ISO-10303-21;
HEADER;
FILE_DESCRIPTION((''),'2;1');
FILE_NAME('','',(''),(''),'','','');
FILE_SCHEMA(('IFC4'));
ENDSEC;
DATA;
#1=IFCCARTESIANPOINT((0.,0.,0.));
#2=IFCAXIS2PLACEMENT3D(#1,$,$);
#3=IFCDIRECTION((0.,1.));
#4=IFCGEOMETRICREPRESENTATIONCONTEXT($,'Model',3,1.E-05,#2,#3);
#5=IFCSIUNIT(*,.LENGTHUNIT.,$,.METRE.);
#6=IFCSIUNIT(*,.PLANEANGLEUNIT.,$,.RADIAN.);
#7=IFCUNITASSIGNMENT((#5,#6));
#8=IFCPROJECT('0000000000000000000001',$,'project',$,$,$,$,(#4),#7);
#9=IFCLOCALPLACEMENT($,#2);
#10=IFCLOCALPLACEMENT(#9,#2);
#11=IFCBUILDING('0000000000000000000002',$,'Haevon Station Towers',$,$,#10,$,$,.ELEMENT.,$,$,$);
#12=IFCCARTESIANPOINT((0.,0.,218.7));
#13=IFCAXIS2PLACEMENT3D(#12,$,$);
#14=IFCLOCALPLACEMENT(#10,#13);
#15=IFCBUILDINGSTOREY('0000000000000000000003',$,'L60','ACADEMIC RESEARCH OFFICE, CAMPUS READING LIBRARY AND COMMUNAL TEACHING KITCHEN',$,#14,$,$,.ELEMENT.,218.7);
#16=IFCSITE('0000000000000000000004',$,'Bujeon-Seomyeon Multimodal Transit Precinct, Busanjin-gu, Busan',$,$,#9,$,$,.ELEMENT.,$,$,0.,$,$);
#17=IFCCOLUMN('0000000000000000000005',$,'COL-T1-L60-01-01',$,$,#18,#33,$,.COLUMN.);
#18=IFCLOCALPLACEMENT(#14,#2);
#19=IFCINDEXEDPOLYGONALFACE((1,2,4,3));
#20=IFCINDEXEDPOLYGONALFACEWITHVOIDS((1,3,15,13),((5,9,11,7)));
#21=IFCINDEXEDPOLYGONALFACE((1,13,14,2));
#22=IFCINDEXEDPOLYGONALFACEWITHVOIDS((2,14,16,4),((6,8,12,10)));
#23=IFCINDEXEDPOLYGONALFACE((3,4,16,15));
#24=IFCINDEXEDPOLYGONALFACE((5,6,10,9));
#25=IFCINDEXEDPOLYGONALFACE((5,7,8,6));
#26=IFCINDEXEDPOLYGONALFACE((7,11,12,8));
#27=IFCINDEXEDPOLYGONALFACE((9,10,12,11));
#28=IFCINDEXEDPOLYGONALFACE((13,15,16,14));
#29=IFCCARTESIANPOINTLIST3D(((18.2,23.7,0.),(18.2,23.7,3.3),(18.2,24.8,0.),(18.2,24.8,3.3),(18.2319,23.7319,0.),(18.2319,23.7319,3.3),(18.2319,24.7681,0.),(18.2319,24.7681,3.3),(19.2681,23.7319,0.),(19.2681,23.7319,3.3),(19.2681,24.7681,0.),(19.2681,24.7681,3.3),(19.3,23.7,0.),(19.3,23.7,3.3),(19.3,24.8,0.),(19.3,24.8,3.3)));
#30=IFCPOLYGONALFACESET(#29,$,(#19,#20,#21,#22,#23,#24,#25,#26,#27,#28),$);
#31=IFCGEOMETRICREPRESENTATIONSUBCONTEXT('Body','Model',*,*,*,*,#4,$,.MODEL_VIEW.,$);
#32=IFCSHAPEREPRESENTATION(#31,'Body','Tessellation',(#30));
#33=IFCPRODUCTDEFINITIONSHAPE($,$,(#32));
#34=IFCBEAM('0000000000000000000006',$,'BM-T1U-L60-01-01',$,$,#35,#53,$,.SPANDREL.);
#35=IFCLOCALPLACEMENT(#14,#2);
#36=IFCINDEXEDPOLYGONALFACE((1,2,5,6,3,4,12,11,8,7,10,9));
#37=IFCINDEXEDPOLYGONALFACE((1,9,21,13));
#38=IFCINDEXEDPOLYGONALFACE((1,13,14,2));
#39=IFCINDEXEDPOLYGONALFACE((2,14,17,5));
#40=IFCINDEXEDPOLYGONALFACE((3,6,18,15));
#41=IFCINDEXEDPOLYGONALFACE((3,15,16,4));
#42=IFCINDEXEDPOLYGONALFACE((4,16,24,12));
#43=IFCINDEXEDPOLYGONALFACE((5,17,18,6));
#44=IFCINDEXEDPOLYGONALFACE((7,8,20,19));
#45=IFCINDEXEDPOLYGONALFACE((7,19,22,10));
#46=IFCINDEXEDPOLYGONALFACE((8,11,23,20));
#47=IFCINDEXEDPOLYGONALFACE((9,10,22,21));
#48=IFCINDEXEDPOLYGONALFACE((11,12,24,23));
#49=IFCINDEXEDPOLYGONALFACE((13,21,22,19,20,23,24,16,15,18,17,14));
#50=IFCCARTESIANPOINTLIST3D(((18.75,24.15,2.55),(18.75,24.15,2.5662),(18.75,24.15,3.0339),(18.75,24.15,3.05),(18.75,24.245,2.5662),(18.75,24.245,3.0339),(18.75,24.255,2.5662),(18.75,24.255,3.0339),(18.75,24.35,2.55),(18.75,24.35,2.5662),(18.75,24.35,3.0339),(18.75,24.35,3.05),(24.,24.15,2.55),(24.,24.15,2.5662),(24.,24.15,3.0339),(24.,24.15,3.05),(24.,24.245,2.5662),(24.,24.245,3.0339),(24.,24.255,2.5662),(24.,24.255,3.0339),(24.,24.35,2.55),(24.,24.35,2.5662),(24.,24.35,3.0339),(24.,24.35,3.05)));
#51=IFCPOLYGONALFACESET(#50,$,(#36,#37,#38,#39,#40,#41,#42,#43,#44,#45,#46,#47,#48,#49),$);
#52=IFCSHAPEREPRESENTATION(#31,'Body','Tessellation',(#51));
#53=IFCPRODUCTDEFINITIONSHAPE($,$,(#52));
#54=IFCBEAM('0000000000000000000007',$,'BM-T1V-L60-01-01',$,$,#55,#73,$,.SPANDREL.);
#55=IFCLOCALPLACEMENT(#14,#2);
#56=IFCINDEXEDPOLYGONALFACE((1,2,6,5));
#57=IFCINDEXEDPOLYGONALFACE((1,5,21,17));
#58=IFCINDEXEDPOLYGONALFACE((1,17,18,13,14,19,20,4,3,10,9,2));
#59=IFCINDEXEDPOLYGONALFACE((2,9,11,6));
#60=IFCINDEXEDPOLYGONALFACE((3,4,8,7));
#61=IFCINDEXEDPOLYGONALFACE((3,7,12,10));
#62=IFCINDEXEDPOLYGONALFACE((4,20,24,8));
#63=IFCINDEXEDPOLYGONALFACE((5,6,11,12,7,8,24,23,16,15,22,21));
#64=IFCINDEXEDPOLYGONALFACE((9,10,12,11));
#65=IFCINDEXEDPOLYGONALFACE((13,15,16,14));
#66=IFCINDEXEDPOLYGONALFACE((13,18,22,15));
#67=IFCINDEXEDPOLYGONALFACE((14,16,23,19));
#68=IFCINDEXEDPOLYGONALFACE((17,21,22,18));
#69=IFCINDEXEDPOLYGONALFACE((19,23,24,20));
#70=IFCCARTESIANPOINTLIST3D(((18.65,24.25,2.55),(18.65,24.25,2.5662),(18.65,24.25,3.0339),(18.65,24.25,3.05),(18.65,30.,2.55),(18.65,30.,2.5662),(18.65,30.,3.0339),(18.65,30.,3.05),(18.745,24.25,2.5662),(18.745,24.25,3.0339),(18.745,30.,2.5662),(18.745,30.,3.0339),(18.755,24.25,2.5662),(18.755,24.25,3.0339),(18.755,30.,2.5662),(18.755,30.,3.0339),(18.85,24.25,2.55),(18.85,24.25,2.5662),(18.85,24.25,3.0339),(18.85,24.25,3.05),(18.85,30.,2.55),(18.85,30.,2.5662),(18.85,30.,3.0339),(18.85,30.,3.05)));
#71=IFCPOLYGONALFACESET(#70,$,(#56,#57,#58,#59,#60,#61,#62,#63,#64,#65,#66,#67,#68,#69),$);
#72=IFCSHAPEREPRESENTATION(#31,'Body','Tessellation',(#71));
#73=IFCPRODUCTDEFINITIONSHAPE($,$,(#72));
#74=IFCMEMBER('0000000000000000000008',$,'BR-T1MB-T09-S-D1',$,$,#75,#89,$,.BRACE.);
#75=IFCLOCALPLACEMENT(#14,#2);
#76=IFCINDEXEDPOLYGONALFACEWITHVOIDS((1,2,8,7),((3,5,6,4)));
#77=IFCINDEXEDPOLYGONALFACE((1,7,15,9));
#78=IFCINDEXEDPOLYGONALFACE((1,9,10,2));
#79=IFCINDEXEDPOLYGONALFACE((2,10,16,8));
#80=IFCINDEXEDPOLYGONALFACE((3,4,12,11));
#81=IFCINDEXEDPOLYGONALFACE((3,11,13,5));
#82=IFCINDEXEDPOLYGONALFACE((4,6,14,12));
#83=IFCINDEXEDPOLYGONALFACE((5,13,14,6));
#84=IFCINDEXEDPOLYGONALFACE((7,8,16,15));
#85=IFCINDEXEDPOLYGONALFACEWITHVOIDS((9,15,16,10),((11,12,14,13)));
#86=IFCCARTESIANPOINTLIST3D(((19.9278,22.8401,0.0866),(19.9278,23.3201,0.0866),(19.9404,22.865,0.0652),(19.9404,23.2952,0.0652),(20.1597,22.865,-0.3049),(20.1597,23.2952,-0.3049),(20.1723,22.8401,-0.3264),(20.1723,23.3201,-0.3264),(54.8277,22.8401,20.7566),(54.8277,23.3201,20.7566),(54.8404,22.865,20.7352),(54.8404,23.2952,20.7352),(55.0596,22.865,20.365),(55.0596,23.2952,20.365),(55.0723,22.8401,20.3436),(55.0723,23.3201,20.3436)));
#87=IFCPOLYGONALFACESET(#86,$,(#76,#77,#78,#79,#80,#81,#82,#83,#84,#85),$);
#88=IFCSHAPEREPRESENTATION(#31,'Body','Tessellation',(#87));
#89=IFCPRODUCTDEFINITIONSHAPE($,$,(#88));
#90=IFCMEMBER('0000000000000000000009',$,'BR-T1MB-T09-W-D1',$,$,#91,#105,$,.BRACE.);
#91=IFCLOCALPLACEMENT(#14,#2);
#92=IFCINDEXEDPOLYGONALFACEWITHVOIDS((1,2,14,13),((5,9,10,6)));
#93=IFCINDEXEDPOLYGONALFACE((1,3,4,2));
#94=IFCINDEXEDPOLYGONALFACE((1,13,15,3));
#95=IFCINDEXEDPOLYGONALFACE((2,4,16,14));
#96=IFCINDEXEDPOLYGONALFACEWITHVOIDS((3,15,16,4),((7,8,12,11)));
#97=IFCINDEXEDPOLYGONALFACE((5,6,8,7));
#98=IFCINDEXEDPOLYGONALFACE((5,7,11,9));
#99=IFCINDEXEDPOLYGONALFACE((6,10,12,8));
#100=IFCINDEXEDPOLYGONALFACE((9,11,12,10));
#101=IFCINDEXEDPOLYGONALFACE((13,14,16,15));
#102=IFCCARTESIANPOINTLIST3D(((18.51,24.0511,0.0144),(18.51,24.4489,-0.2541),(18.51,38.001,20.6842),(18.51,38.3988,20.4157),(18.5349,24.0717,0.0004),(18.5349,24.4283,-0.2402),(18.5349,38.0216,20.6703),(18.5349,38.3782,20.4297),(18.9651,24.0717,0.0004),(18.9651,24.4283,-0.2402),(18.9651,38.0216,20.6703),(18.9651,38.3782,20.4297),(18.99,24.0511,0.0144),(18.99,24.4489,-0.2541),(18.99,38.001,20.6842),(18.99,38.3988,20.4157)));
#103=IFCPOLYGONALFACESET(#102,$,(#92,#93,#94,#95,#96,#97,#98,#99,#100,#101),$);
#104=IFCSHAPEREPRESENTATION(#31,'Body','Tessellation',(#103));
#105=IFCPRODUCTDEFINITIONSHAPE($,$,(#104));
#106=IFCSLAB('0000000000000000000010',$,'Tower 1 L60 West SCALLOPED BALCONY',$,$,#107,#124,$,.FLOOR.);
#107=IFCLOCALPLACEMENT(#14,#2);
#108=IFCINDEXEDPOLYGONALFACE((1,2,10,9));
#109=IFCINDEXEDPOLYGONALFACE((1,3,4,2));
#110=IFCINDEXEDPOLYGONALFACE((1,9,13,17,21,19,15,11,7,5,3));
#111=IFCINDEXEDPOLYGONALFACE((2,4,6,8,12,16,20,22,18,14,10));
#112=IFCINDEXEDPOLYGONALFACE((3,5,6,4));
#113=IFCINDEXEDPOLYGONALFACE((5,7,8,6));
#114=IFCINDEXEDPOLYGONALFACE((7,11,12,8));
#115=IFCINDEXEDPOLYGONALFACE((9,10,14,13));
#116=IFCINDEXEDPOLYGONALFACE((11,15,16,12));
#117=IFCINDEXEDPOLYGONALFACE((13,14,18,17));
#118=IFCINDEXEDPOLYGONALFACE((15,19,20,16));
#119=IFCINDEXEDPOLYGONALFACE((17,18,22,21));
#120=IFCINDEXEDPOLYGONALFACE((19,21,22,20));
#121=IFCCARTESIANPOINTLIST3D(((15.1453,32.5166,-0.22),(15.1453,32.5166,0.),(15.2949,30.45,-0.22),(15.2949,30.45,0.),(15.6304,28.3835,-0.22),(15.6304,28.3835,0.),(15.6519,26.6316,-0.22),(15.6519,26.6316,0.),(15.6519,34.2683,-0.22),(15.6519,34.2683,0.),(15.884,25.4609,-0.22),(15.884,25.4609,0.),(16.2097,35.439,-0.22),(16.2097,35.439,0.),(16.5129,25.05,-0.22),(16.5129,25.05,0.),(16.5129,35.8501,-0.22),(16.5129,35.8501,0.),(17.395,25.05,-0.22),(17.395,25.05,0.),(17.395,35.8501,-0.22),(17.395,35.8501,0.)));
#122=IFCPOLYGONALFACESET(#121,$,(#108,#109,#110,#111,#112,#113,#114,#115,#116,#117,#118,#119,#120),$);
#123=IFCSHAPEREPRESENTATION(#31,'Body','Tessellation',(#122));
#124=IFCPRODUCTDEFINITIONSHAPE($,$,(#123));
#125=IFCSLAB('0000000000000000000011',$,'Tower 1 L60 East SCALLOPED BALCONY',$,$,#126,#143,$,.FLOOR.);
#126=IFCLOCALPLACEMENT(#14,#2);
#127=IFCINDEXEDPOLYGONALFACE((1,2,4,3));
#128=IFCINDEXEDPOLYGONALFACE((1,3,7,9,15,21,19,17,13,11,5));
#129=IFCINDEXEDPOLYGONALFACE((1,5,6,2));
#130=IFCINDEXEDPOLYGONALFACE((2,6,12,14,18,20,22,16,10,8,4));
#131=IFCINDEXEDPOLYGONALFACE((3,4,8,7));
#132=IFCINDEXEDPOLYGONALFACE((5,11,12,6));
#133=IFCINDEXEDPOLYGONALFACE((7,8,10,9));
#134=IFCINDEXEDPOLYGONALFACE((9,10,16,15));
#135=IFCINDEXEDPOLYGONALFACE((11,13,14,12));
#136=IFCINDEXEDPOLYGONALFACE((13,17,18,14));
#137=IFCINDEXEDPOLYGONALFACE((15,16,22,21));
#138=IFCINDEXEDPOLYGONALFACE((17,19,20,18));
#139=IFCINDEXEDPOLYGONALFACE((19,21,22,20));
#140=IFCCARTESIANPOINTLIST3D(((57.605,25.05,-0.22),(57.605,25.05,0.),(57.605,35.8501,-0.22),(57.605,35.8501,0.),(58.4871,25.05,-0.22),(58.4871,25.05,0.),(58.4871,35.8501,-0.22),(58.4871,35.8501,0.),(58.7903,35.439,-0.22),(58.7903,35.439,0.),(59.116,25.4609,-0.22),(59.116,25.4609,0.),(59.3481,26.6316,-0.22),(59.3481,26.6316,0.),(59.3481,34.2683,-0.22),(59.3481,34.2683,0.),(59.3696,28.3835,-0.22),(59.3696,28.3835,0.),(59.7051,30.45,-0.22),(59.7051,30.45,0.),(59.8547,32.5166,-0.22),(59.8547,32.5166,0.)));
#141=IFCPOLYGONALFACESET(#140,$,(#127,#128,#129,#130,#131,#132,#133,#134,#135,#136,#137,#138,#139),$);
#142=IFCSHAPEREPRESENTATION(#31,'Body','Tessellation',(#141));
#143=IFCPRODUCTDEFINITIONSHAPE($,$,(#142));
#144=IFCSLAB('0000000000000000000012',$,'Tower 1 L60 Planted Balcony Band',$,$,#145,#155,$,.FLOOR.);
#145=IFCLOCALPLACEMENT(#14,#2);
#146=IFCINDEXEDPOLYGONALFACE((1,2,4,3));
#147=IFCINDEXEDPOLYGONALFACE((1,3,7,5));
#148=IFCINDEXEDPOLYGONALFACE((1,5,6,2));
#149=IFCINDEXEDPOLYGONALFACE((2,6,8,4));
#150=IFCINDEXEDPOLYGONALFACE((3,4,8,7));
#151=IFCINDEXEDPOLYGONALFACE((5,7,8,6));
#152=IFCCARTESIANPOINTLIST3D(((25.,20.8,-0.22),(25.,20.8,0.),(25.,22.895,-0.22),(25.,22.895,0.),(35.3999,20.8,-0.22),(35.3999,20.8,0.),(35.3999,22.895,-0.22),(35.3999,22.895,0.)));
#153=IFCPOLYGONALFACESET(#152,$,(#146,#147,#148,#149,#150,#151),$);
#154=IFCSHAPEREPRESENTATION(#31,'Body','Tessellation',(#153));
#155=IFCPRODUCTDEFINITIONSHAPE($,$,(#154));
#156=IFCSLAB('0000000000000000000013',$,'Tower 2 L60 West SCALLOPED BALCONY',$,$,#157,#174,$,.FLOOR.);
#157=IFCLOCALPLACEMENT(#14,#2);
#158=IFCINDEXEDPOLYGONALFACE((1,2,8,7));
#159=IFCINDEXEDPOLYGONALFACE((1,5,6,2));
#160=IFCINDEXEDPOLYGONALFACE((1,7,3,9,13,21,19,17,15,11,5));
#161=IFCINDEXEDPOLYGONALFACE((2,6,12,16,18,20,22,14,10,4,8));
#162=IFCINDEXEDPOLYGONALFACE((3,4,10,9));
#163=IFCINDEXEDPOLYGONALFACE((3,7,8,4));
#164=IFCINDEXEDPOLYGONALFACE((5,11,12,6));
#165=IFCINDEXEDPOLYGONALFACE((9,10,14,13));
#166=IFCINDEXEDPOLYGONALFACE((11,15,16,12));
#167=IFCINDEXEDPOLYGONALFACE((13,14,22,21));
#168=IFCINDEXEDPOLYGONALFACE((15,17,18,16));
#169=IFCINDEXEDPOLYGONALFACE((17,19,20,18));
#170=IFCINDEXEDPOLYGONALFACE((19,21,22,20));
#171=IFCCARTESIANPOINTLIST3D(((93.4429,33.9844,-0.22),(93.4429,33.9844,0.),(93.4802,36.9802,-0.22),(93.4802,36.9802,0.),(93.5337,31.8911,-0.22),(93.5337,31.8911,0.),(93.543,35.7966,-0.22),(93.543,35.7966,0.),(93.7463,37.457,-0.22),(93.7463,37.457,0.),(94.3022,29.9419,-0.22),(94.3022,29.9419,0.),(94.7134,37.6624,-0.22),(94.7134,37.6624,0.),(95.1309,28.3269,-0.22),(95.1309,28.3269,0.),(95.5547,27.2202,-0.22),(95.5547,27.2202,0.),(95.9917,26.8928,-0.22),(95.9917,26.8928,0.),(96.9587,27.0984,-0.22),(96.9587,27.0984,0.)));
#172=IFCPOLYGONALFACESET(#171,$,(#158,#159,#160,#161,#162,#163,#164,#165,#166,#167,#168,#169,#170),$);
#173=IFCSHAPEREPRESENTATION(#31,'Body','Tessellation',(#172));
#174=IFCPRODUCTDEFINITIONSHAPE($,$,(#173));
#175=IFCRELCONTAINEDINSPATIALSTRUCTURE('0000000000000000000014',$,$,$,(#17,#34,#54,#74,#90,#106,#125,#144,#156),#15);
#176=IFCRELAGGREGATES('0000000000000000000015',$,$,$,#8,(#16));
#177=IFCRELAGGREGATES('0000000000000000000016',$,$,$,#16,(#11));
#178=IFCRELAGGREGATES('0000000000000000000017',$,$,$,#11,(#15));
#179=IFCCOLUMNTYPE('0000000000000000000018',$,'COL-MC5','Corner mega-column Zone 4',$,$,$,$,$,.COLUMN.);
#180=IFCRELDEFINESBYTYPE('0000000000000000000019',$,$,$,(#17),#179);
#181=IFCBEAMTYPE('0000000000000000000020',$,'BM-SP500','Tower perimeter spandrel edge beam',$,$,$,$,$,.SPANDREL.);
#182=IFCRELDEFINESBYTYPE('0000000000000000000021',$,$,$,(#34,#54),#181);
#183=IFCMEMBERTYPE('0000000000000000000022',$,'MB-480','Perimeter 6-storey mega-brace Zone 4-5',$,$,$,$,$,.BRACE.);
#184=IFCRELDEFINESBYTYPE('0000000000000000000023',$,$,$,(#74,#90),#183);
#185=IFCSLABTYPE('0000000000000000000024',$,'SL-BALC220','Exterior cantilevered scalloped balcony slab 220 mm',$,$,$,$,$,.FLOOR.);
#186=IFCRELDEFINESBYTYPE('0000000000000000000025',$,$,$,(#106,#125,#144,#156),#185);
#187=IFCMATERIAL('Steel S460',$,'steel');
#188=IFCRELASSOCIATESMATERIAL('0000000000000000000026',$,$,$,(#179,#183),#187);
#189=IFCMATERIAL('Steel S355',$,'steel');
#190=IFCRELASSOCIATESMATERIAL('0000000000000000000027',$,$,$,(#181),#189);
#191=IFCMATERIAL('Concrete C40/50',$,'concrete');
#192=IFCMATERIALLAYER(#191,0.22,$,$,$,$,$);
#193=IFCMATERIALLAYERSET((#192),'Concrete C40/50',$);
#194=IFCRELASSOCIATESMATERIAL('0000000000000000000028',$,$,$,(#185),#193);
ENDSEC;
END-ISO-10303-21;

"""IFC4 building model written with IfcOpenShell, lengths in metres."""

from ifc_helpers import new_model, si_unit, direction, frame, origin, origin_2d, place, context, subcontext, project, spatial, polyline, hollow_rectangle, i_section, outline, extrude, material, layer, layer_set, material_profile, profile_set, type_object, element, save


model = new_model("IFC4")

# Units and contexts
model_context = context("Model", 3, precision=1e-05, world=origin(), true_north=direction((0.0, 1.0)))
body_context = subcontext(model_context, "Body", "Model", "MODEL_VIEW")
ifc_project = project(units=[si_unit("LENGTHUNIT", "METRE"), si_unit("PLANEANGLEUNIT", "RADIAN")], contexts=[model_context])

# Site, building, storey
site_placement = place(None, origin())
site = spatial("IfcSite", under=ifc_project, at=site_placement, Name="Bujeon-Seomyeon Multimodal Transit Precinct, Busanjin-gu, Busan", CompositionType="ELEMENT", RefElevation=0.0)
building_placement = place(site_placement, origin())
building = spatial("IfcBuilding", under=site, at=building_placement, Name="Haevon Station Towers", CompositionType="ELEMENT")
storey_placement = place(building_placement, frame((0.0, 0.0, 218.7)))
storey = spatial("IfcBuildingStorey", under=building, at=storey_placement, Name="L60", Description="ACADEMIC RESEARCH OFFICE, CAMPUS READING LIBRARY AND COMMUNAL TEACHING KITCHEN", CompositionType="ELEMENT", Elevation=218.7)

# Column
ifc_material_1 = material(Name="Steel S460", Category="steel")
ifc_material_profile_1 = material_profile(ifc_material_1, hollow_rectangle(XDim=1.1001, YDim=1.1001, WallThickness=0.032, at=origin_2d()), Name="BOX-1100x1100x32")
ifc_profile_set_1 = profile_set([ifc_material_profile_1], Name="Steel S460")
column_type = type_object("IfcColumnType", Name="COL-MC5", Description="Corner mega-column Zone 4", PredefinedType="COLUMN", material=ifc_profile_set_1)
column_placement = place(storey_placement, frame((18.75, 24.25, 0.0), z_axis=(0.0, 0.0, 1.0), x_axis=(1.0, 0.0, 0.0)))
element("IfcColumn", 1, at=column_placement, inside=storey, type_object=column_type, Name="COL-T1-L60-01-01", PredefinedType="COLUMN", context=body_context, shape_type="SweptSolid", body=[
    extrude(hollow_rectangle(XDim=1.1001, YDim=1.1001, WallThickness=0.032, at=origin_2d()), origin(), (0.0, 0.0, 1.0), 3.3),
])

# Beams
ifc_material_2 = material(Name="Steel S355", Category="steel")
ifc_material_profile_2 = material_profile(ifc_material_2, i_section(OverallWidth=0.2, OverallDepth=0.5, WebThickness=0.01, FlangeThickness=0.0161, at=origin_2d()), Name="H-500x200x10x16")
ifc_profile_set_2 = profile_set([ifc_material_profile_2], Name="Steel S355")
beam_type = type_object("IfcBeamType", Name="BM-SP500", Description="Tower perimeter spandrel edge beam", PredefinedType="SPANDREL", material=ifc_profile_set_2)
beam_1_placement = place(storey_placement, frame((18.75, 24.25, 2.8), z_axis=(1.0, 0.0, 0.0), x_axis=(0.0, 1.0, 0.0)))
element("IfcBeam", 2, at=beam_1_placement, inside=storey, type_object=beam_type, Name="BM-T1U-L60-01-01", PredefinedType="SPANDREL", context=body_context, shape_type="SweptSolid", body=[
    extrude(i_section(OverallWidth=0.2, OverallDepth=0.5, WebThickness=0.01, FlangeThickness=0.0161, at=origin_2d()), origin(), (0.0, 0.0, 1.0), 5.25),
])
beam_2_placement = place(storey_placement, frame((18.75, 24.25, 2.8), z_axis=(0.0, 1.0, 0.0), x_axis=(-1.0, 0.0, 0.0)))
element("IfcBeam", 3, at=beam_2_placement, inside=storey, type_object=beam_type, Name="BM-T1V-L60-01-01", PredefinedType="SPANDREL", context=body_context, shape_type="SweptSolid", body=[
    extrude(i_section(OverallWidth=0.2, OverallDepth=0.5, WebThickness=0.01, FlangeThickness=0.0161, at=origin_2d()), origin(), (0.0, 0.0, 1.0), 5.75),
])

# Members
ifc_material_profile_3 = material_profile(ifc_material_1, hollow_rectangle(XDim=0.48, YDim=0.48, WallThickness=0.0249, at=origin_2d()), Name="RHS-480x480x25")
ifc_profile_set_3 = profile_set([ifc_material_profile_3], Name="Steel S460")
member_type = type_object("IfcMemberType", Name="MB-480", Description="Perimeter 6-storey mega-brace Zone 4-5", PredefinedType="BRACE", material=ifc_profile_set_3)
member_1_placement = place(storey_placement, frame((20.05, 23.0801, -0.1199), z_axis=(0.860416, 0.0, 0.509593), x_axis=(0.0, 1.0, 0.0)))
element("IfcMember", 4, at=member_1_placement, inside=storey, type_object=member_type, Name="BR-T1MB-T09-S-D1", PredefinedType="BRACE", context=body_context, shape_type="SweptSolid", body=[
    extrude(hollow_rectangle(XDim=0.48, YDim=0.48, WallThickness=0.0249, at=origin_2d()), origin(), (0.0, 0.0, 1.0), 40.5618),
])
member_2_placement = place(storey_placement, frame((18.75, 24.25, -0.1199), z_axis=(0.0, 0.559411, 0.82889), x_axis=(-1.0, 0.0, 0.0)))
element("IfcMember", 5, at=member_2_placement, inside=storey, type_object=member_type, Name="BR-T1MB-T09-W-D1", PredefinedType="BRACE", context=body_context, shape_type="SweptSolid", body=[
    extrude(hollow_rectangle(XDim=0.48, YDim=0.48, WallThickness=0.0249, at=origin_2d()), origin(), (0.0, 0.0, 1.0), 24.9368),
])

# Slabs
ifc_material_3 = material(Name="Concrete C40/50", Category="concrete")
ifc_layer_1 = layer(ifc_material_3, 0.22)
ifc_layer_set_1 = layer_set([ifc_layer_1], Name="Concrete C40/50")
slab_type_1 = type_object("IfcSlabType", Name="SL-BALC220", Description="Exterior cantilevered scalloped balcony slab 220 mm", PredefinedType="FLOOR", material=ifc_layer_set_1)
slab_1_placement = place(storey_placement, frame((0.0, 0.0, -0.22)))
element("IfcSlab", 6, at=slab_1_placement, inside=storey, type_object=slab_type_1, Name="Tower 1 L60 West SCALLOPED BALCONY", PredefinedType="FLOOR", context=body_context, shape_type="SweptSolid", body=[
    extrude(outline(polyline([(17.395, 35.8501), (16.5129, 35.8501), (16.2097, 35.439), (15.6519, 34.2683), (15.1453, 32.5166), (15.2949, 30.45), (15.6304, 28.3835), (15.6519, 26.6316), (15.884, 25.4609), (16.5129, 25.05), (17.395, 25.05), (17.395, 35.8501)])), origin(), (0.0, 0.0, 1.0), 0.22),
])
slab_2_placement = place(storey_placement, frame((0.0, 0.0, -0.22)))
element("IfcSlab", 7, at=slab_2_placement, inside=storey, type_object=slab_type_1, Name="Tower 1 L60 East SCALLOPED BALCONY", PredefinedType="FLOOR", context=body_context, shape_type="SweptSolid", body=[
    extrude(outline(polyline([(57.605, 25.05), (58.4871, 25.05), (59.116, 25.4609), (59.3481, 26.6316), (59.3696, 28.3835), (59.7051, 30.45), (59.8547, 32.5166), (59.3481, 34.2683), (58.7903, 35.439), (58.4871, 35.8501), (57.605, 35.8501), (57.605, 25.05)])), origin(), (0.0, 0.0, 1.0), 0.22),
])
slab_3_placement = place(storey_placement, frame((0.0, 0.0, -0.22)))
element("IfcSlab", 8, at=slab_3_placement, inside=storey, type_object=slab_type_1, Name="Tower 1 L60 Planted Balcony Band", PredefinedType="FLOOR", context=body_context, shape_type="SweptSolid", body=[
    extrude(outline(polyline([(25.0, 20.8), (35.3999, 20.8), (35.3999, 22.895), (25.0, 22.895), (25.0, 20.8)])), origin(), (0.0, 0.0, 1.0), 0.22),
])
slab_4_placement = place(storey_placement, frame((0.0, 0.0, -0.22)))
element("IfcSlab", 9, at=slab_4_placement, inside=storey, type_object=slab_type_1, Name="Tower 2 L60 West SCALLOPED BALCONY", PredefinedType="FLOOR", context=body_context, shape_type="SweptSolid", body=[
    extrude(outline(polyline([(94.7134, 37.6624), (93.7463, 37.457), (93.4802, 36.9802), (93.543, 35.7966), (93.4429, 33.9844), (93.5337, 31.8911), (94.3022, 29.9419), (95.1309, 28.3269), (95.5547, 27.2202), (95.9917, 26.8928), (96.9587, 27.0984), (94.7134, 37.6624)])), origin(), (0.0, 0.0, 1.0), 0.22),
])

save(model, "model.ifc")
